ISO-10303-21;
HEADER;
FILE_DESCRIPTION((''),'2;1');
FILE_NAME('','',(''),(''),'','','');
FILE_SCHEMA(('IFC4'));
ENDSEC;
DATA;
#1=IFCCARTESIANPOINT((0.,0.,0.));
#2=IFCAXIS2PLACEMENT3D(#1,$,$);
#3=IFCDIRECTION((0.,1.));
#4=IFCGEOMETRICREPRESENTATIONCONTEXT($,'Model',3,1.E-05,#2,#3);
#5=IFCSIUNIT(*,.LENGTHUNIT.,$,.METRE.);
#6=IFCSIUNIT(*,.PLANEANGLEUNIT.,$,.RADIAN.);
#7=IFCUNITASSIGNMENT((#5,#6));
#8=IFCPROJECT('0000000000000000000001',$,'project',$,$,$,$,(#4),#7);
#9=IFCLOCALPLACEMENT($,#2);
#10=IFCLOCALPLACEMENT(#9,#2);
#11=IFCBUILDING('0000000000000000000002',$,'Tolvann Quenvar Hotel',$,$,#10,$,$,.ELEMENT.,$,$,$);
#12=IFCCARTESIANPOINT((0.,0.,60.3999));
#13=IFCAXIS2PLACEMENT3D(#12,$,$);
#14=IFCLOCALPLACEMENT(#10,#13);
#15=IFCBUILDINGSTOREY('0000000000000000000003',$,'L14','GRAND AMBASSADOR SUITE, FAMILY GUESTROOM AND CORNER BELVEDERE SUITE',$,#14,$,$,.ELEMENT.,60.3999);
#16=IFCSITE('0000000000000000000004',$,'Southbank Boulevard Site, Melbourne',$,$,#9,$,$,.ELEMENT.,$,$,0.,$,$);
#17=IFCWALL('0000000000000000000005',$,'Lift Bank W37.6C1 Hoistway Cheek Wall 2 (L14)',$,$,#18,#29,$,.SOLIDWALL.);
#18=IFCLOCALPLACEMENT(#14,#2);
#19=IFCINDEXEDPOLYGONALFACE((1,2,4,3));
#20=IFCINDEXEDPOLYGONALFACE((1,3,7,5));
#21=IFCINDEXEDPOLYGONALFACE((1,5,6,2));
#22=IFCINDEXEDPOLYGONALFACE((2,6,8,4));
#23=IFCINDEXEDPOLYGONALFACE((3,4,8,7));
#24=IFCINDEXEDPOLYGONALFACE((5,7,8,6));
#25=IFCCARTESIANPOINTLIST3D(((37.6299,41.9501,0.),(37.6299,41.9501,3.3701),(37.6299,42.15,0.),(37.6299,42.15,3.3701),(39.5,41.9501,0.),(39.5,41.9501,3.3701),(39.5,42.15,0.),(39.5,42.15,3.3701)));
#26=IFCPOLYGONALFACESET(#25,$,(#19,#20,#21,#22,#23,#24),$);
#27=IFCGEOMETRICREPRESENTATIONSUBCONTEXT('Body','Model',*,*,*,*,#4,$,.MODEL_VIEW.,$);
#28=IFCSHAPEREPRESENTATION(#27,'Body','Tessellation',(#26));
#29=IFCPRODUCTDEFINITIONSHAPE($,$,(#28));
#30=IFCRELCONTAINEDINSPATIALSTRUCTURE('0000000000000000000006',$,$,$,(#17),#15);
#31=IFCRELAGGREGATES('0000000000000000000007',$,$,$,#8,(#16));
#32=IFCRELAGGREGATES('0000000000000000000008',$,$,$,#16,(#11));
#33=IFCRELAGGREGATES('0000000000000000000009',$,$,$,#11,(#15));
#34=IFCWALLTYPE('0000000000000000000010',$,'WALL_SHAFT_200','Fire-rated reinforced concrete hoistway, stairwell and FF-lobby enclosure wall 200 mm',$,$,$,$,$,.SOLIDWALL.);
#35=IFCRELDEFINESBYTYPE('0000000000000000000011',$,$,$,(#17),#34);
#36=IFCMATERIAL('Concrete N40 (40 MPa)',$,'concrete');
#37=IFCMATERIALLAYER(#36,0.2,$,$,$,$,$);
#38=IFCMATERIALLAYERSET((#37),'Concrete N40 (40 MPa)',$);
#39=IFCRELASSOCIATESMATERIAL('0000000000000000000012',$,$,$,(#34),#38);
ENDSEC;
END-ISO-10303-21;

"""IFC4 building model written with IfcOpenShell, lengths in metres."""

from ifc_helpers import new_model, si_unit, direction, frame, frame_2d, origin, place, context, subcontext, project, spatial, rectangle, extrude, material, layer, layer_set, type_object, element, save


model = new_model("IFC4")

# Units and contexts
model_context = context("Model", 3, precision=1e-05, world=origin(), true_north=direction((0.0, 1.0)))
body_context = subcontext(model_context, "Body", "Model", "MODEL_VIEW")
ifc_project = project(units=[si_unit("LENGTHUNIT", "METRE"), si_unit("PLANEANGLEUNIT", "RADIAN")], contexts=[model_context])

# Site, building, storey
site_placement = place(None, origin())
site = spatial("IfcSite", under=ifc_project, at=site_placement, Name="Southbank Boulevard Site, Melbourne", CompositionType="ELEMENT", RefElevation=0.0)
building_placement = place(site_placement, origin())
building = spatial("IfcBuilding", under=site, at=building_placement, Name="Tolvann Quenvar Hotel", CompositionType="ELEMENT")
storey_placement = place(building_placement, frame((0.0, 0.0, 60.3999)))
storey = spatial("IfcBuildingStorey", under=building, at=storey_placement, Name="L14", Description="GRAND AMBASSADOR SUITE, FAMILY GUESTROOM AND CORNER BELVEDERE SUITE", CompositionType="ELEMENT", Elevation=60.3999)

# Wall
ifc_material_1 = material(Name="Concrete N40 (40 MPa)", Category="concrete")
ifc_layer_1 = layer(ifc_material_1, 0.2)
ifc_layer_set_1 = layer_set([ifc_layer_1], Name="Concrete N40 (40 MPa)")
wall_type_1 = type_object("IfcWallType", Name="WALL_SHAFT_200", Description="Fire-rated reinforced concrete hoistway, stairwell and FF-lobby enclosure wall 200 mm", PredefinedType="SOLIDWALL", material=ifc_layer_set_1)
wall_1_placement = place(storey_placement, frame((37.6299, 42.05, 0.0), z_axis=(0.0, 0.0, 1.0), x_axis=(1.0, 0.0, 0.0)))
element("IfcWall", 1, at=wall_1_placement, inside=storey, type_object=wall_type_1, Name="Lift Bank W37.6C1 Hoistway Cheek Wall 2 (L14)", PredefinedType="SOLIDWALL", context=body_context, shape_type="SweptSolid", body=[
    extrude(rectangle(XDim=1.8701, YDim=0.2, at=frame_2d((0.9351, 0.0))), origin(), (0.0, 0.0, 1.0), 3.3701),
])

save(model, "model.ifc")
